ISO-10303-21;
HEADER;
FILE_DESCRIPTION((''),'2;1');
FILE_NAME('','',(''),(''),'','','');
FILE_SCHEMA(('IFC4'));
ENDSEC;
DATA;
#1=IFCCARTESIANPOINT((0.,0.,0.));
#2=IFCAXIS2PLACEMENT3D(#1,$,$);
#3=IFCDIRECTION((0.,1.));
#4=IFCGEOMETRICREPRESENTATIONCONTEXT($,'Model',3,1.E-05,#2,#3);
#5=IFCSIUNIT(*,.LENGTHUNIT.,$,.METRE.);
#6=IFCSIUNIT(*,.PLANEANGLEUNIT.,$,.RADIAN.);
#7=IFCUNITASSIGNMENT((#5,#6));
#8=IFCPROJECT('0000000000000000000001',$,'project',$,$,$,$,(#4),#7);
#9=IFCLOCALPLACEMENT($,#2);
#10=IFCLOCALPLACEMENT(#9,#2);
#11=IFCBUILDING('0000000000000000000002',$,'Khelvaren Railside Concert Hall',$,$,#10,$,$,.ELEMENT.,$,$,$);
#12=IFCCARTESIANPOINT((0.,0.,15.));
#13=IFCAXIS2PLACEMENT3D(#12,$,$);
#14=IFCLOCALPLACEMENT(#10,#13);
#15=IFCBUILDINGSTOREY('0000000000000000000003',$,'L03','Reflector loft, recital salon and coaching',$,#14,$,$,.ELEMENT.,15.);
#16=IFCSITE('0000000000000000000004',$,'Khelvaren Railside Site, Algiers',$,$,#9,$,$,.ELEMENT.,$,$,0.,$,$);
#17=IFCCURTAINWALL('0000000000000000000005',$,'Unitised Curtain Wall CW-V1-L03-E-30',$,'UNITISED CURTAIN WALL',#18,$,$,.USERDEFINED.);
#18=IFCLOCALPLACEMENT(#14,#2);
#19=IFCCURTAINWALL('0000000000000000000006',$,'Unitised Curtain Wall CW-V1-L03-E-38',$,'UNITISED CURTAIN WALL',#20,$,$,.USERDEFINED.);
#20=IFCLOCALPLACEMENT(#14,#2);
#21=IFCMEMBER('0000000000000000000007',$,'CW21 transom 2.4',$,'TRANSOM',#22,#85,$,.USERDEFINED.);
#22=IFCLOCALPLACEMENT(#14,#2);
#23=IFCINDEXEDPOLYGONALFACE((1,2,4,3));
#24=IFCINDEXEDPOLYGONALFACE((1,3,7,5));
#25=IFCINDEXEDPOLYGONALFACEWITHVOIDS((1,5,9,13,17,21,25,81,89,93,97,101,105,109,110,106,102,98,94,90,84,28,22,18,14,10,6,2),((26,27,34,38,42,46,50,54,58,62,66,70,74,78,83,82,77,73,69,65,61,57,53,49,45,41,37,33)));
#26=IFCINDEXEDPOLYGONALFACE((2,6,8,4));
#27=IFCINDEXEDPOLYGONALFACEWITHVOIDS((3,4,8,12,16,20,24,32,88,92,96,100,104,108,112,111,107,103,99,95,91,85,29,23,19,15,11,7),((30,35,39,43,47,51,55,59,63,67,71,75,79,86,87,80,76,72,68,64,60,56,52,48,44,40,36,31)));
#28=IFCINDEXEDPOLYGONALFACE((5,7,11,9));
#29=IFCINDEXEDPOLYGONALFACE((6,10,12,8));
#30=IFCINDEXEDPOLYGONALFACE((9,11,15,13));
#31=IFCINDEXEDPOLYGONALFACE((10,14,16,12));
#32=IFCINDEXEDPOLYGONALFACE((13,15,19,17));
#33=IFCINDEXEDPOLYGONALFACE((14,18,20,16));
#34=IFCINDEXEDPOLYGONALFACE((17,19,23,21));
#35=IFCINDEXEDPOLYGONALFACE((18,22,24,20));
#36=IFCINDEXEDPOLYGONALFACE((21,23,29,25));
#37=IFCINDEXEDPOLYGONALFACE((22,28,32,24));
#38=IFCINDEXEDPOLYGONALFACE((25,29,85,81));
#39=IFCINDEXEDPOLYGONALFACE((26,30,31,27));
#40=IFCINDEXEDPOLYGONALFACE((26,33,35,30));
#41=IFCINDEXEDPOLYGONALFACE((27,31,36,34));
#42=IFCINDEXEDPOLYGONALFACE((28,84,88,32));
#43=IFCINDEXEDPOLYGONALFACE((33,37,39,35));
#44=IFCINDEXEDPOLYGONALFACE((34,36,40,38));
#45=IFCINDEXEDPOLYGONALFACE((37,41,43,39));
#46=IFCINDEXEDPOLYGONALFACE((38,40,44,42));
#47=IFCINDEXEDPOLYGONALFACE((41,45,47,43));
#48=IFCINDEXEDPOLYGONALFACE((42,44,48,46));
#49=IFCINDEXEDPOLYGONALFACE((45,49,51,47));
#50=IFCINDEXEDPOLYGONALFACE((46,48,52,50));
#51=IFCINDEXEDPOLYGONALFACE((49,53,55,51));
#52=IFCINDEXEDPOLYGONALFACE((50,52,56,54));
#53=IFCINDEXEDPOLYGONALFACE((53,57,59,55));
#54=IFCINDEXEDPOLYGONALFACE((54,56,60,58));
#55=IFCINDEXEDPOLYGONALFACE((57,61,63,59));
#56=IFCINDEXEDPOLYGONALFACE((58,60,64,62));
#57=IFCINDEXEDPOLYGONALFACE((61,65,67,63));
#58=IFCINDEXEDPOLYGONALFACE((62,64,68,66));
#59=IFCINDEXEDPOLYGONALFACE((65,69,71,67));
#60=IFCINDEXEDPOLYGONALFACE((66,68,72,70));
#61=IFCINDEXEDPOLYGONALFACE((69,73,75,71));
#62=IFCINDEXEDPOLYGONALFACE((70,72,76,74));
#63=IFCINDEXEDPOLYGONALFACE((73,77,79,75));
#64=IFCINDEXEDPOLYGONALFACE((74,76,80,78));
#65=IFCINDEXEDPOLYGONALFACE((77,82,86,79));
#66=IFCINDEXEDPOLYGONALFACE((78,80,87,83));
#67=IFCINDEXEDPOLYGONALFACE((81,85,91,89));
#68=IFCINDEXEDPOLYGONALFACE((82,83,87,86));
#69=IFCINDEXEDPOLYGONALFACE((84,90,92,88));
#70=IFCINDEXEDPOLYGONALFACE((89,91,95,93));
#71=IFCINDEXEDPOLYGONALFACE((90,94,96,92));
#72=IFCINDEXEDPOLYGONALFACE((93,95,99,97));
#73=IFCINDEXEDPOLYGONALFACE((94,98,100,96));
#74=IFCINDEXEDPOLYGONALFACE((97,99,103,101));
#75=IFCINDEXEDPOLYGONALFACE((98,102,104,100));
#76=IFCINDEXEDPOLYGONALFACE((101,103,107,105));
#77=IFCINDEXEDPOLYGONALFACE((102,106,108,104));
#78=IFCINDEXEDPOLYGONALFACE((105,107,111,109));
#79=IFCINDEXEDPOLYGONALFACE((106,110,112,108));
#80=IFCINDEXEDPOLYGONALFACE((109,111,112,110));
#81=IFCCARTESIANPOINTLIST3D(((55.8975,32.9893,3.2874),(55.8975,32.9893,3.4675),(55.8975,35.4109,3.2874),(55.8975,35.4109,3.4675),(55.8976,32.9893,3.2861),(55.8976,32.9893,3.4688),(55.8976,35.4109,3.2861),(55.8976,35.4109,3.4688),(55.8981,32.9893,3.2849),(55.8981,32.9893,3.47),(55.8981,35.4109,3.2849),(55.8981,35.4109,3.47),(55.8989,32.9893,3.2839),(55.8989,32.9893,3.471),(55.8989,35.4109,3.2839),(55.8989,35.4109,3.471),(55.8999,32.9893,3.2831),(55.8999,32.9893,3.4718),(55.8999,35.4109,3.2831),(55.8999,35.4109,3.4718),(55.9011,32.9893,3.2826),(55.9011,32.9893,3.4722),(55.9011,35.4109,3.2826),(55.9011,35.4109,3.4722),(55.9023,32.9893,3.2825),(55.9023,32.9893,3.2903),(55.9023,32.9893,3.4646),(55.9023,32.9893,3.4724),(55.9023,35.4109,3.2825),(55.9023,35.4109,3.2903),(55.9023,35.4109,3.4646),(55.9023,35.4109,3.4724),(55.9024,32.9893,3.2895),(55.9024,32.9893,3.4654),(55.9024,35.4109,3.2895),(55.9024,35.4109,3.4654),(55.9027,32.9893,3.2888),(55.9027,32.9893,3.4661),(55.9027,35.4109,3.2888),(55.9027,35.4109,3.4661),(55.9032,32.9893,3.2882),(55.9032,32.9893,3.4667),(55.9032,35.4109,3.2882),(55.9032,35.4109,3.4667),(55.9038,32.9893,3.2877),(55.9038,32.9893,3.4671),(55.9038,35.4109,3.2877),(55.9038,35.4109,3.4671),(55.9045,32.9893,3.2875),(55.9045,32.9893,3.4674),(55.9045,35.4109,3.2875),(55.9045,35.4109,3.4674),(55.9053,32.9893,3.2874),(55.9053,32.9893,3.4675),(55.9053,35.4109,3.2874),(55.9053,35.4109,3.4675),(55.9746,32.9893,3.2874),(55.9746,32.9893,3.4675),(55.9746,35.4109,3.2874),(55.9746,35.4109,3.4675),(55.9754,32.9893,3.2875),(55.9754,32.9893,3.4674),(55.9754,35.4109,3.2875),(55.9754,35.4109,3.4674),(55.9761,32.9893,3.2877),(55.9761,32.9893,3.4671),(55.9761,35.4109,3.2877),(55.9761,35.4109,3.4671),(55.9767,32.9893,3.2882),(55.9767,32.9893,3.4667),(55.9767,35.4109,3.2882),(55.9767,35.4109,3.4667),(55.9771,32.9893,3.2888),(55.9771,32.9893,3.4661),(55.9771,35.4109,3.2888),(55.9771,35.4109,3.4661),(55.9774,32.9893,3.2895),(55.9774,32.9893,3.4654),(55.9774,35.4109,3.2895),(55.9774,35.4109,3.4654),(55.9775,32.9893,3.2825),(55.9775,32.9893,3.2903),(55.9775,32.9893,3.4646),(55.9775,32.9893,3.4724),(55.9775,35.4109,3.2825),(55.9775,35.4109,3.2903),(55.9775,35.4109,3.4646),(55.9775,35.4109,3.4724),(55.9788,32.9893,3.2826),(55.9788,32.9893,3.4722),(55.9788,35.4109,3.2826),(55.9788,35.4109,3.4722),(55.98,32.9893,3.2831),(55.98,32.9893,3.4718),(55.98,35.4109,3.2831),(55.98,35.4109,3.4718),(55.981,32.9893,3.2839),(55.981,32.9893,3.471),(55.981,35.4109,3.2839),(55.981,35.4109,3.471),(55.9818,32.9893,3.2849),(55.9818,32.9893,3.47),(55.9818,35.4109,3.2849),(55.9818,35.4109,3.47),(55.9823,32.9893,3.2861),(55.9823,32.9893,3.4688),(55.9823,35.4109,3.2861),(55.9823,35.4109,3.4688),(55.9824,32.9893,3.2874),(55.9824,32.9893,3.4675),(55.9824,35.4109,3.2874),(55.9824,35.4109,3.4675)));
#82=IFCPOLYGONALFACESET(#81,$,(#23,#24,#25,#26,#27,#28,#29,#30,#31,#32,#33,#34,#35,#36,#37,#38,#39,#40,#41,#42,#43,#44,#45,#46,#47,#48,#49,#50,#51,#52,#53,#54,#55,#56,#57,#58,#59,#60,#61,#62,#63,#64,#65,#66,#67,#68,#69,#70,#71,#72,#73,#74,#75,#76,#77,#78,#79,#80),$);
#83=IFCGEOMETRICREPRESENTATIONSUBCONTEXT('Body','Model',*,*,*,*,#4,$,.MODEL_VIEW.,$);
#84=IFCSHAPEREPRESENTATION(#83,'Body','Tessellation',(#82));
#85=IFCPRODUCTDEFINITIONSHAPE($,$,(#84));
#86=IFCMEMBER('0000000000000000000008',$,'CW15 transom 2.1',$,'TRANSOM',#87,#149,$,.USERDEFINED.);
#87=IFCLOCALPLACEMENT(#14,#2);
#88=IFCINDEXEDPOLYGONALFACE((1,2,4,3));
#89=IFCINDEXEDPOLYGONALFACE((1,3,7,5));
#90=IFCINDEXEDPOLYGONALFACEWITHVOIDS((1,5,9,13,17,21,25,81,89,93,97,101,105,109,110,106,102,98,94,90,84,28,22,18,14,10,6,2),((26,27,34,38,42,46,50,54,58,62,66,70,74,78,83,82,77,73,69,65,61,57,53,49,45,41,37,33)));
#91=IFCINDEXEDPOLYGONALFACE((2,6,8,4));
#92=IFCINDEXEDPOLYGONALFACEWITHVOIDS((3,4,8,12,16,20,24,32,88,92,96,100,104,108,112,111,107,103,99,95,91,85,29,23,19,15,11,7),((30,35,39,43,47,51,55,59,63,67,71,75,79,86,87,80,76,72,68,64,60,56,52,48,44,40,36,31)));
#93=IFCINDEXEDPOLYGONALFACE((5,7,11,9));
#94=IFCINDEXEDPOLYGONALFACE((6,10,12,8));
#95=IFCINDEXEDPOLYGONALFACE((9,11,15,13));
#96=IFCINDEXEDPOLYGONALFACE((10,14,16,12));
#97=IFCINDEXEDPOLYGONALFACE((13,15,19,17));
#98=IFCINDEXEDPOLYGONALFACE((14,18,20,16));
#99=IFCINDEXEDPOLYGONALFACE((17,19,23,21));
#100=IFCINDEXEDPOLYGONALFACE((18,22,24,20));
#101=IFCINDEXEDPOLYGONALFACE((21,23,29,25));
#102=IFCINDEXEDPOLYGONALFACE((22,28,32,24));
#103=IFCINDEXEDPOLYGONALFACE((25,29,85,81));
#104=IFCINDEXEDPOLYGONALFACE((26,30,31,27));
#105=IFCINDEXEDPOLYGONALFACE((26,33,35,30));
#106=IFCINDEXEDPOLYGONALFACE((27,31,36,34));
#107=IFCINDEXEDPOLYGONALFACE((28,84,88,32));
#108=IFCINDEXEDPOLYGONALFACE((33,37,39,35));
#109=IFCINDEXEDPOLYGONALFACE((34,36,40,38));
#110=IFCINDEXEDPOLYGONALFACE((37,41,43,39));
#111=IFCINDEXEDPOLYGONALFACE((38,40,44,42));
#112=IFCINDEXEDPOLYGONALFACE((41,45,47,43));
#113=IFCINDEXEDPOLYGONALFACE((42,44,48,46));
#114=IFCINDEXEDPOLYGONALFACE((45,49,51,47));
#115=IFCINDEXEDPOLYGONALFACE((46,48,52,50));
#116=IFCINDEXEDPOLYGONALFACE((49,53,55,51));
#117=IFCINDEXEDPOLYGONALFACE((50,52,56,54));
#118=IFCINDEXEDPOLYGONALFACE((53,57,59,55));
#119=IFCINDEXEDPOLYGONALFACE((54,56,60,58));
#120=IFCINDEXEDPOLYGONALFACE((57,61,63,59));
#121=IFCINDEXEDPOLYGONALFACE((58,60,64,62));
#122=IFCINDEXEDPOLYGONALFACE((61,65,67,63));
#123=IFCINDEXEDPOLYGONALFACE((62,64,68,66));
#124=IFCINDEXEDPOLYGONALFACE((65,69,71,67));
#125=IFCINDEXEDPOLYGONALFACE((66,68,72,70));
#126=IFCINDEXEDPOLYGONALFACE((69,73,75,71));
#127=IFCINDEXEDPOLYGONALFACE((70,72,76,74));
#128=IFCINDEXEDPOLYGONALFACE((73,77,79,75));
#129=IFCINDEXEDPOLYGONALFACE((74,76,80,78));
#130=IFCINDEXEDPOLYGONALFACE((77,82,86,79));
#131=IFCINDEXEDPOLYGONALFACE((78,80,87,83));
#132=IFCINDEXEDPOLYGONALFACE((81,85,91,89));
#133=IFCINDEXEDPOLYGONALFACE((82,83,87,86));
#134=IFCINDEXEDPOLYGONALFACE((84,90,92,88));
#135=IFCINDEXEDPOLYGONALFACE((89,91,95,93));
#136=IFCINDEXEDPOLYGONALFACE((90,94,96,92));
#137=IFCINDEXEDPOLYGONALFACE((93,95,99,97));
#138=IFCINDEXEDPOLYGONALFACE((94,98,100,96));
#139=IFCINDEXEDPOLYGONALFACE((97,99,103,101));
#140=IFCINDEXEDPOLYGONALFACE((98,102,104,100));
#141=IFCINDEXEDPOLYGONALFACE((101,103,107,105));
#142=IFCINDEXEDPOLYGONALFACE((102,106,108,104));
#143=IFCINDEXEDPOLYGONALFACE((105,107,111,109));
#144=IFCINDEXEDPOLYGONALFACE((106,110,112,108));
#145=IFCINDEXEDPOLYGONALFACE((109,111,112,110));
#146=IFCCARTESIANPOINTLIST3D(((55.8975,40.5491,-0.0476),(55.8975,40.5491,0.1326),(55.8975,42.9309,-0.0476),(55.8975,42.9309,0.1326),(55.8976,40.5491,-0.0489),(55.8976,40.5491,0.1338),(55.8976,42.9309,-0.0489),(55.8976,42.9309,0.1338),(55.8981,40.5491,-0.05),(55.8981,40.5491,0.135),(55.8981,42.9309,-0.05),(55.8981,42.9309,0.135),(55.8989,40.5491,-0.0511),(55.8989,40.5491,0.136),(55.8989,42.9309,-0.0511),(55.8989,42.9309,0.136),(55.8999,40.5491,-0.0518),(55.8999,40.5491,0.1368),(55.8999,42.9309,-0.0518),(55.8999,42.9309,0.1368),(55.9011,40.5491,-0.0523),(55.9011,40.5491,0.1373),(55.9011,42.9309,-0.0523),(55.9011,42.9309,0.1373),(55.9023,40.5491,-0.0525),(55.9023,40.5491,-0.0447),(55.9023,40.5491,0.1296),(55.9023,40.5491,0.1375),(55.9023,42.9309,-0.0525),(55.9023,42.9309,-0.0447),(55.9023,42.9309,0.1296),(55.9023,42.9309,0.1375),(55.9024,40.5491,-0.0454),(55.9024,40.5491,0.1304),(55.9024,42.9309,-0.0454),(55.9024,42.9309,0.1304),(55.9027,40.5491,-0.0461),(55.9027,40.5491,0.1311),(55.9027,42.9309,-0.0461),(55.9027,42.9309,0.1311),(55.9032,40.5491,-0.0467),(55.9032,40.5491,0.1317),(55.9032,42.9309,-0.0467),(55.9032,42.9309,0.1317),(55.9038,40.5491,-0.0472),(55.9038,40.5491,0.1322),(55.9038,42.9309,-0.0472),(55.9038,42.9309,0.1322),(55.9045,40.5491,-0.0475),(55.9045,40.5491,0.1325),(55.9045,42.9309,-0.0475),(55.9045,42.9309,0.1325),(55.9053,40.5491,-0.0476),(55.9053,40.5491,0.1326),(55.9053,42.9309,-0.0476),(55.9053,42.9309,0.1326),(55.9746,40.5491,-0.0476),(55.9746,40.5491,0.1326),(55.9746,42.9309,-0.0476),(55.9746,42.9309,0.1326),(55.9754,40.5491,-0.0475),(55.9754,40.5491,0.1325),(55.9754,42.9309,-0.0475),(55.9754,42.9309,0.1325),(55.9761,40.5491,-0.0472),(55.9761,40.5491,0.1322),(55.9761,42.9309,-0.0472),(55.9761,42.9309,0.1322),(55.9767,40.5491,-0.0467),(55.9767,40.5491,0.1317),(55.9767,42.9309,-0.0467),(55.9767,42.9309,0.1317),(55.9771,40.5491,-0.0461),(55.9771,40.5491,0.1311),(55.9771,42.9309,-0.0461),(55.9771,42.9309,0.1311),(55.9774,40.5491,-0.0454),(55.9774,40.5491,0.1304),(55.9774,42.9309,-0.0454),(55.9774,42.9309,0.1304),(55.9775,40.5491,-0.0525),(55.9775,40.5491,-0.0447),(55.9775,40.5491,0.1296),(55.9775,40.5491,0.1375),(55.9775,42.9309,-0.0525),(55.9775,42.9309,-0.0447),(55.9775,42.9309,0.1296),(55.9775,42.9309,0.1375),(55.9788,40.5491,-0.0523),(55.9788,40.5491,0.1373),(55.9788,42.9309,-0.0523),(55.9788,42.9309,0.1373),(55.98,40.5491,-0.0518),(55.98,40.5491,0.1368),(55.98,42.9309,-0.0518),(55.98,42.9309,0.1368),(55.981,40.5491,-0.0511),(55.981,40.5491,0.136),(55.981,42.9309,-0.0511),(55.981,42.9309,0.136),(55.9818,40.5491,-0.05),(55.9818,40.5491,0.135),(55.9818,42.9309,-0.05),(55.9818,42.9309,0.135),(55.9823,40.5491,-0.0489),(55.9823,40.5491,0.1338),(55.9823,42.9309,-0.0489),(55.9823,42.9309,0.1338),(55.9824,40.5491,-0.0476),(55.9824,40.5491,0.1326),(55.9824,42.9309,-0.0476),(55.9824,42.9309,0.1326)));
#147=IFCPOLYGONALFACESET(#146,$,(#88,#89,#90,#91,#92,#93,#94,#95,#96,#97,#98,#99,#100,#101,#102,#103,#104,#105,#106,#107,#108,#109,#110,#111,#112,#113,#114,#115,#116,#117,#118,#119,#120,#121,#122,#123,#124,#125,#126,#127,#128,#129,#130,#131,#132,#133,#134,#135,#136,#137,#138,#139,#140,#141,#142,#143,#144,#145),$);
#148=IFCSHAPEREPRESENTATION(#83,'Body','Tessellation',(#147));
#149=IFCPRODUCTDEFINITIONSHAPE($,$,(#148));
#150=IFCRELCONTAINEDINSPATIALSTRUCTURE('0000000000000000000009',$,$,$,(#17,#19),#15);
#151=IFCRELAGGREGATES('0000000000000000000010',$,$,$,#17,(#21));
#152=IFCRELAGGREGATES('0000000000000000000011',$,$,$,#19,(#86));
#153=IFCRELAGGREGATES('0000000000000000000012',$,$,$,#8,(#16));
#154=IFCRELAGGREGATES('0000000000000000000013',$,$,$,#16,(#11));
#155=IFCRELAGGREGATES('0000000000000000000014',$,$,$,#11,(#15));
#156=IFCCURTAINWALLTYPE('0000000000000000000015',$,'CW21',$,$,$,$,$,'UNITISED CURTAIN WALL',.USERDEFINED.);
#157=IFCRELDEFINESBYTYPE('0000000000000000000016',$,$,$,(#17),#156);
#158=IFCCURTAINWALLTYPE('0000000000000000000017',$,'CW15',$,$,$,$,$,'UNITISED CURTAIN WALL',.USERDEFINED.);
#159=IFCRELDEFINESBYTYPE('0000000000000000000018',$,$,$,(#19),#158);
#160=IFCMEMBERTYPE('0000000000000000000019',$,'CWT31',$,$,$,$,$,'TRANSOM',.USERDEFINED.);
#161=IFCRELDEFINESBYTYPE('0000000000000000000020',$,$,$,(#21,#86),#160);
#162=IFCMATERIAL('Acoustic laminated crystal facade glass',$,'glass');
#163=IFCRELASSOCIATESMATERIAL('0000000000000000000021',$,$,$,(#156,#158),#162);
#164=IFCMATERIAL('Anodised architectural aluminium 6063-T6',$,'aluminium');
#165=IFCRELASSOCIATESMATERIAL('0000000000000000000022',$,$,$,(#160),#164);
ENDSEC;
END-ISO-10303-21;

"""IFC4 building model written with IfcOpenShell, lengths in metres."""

from ifc_helpers import new_model, si_unit, direction, frame, origin, origin_2d, place, context, subcontext, project, spatial, hollow_rectangle, extrude, material, material_profile, profile_set, type_object, element, aggregate, save


model = new_model("IFC4")

# Units and contexts
model_context = context("Model", 3, precision=1e-05, world=origin(), true_north=direction((0.0, 1.0)))
body_context = subcontext(model_context, "Body", "Model", "MODEL_VIEW")
ifc_project = project(units=[si_unit("LENGTHUNIT", "METRE"), si_unit("PLANEANGLEUNIT", "RADIAN")], contexts=[model_context])

# Site, building, storey
site_placement = place(None, origin())
site = spatial("IfcSite", under=ifc_project, at=site_placement, Name="Khelvaren Railside Site, Algiers", CompositionType="ELEMENT", RefElevation=0.0)
building_placement = place(site_placement, origin())
building = spatial("IfcBuilding", under=site, at=building_placement, Name="Khelvaren Railside Concert Hall", CompositionType="ELEMENT")
storey_placement = place(building_placement, frame((0.0, 0.0, 15.0)))
storey = spatial("IfcBuildingStorey", under=building, at=storey_placement, Name="L03", Description="Reflector loft, recital salon and coaching", CompositionType="ELEMENT", Elevation=15.0)

# Curtain walls
ifc_material_1 = material(Name="Acoustic laminated crystal facade glass", Category="glass")
curtain_wall_type_1 = type_object("IfcCurtainWallType", Name="CW21", ElementType="UNITISED CURTAIN WALL", PredefinedType="USERDEFINED", material=ifc_material_1)
curtain_wall_1_placement = place(storey_placement, origin())
curtain_wall_1 = element("IfcCurtainWall", 1, at=curtain_wall_1_placement, inside=storey, type_object=curtain_wall_type_1, Name="Unitised Curtain Wall CW-V1-L03-E-30", ObjectType="UNITISED CURTAIN WALL", PredefinedType="USERDEFINED")
ifc_material_2 = material(Name="Anodised architectural aluminium 6063-T6", Category="aluminium")
curtain_wall_type_2 = type_object("IfcCurtainWallType", Name="CW15", ElementType="UNITISED CURTAIN WALL", PredefinedType="USERDEFINED", material=ifc_material_1)
curtain_wall_2_placement = place(storey_placement, origin())
curtain_wall_2 = element("IfcCurtainWall", 2, at=curtain_wall_2_placement, inside=storey, type_object=curtain_wall_type_2, Name="Unitised Curtain Wall CW-V1-L03-E-38", ObjectType="UNITISED CURTAIN WALL", PredefinedType="USERDEFINED")

# Members
ifc_material_profile_1 = material_profile(ifc_material_2, hollow_rectangle(XDim=0.085, YDim=0.1899, WallThickness=0.0049, InnerFilletRadius=0.0029, OuterFilletRadius=0.0049, at=origin_2d()), Name="CWT 85x190x5")
ifc_profile_set_1 = profile_set([ifc_material_profile_1], Name="Anodised architectural aluminium 6063-T6")
member_type_1 = type_object("IfcMemberType", Name="CWT31", ElementType="TRANSOM", PredefinedType="USERDEFINED", material=ifc_profile_set_1)
member_1_placement = place(storey_placement, frame((55.9399, 35.4109, 3.3774), z_axis=(0.0, -1.0, 0.0), x_axis=(1.0, 0.0, 0.0)))
member_1 = element("IfcMember", 3, at=member_1_placement, type_object=member_type_1, Name="CW21 transom 2.4", ObjectType="TRANSOM", PredefinedType="USERDEFINED", context=body_context, shape_type="SweptSolid", body=[
    extrude(hollow_rectangle(XDim=0.085, YDim=0.1899, WallThickness=0.0049, InnerFilletRadius=0.0029, OuterFilletRadius=0.0049, at=origin_2d()), origin(), (0.0, 0.0, 1.0), 2.4216),
])
member_2_placement = place(storey_placement, frame((55.9399, 42.9309, 0.0425), z_axis=(0.0, -1.0, 0.0), x_axis=(1.0, 0.0, 0.0)))
member_2 = element("IfcMember", 4, at=member_2_placement, type_object=member_type_1, Name="CW15 transom 2.1", ObjectType="TRANSOM", PredefinedType="USERDEFINED", context=body_context, shape_type="SweptSolid", body=[
    extrude(hollow_rectangle(XDim=0.085, YDim=0.1899, WallThickness=0.0049, InnerFilletRadius=0.0029, OuterFilletRadius=0.0049, at=origin_2d()), origin(), (0.0, 0.0, 1.0), 2.3818),
])

aggregate(curtain_wall_1, [member_1])
aggregate(curtain_wall_2, [member_2])

save(model, "model.ifc")
